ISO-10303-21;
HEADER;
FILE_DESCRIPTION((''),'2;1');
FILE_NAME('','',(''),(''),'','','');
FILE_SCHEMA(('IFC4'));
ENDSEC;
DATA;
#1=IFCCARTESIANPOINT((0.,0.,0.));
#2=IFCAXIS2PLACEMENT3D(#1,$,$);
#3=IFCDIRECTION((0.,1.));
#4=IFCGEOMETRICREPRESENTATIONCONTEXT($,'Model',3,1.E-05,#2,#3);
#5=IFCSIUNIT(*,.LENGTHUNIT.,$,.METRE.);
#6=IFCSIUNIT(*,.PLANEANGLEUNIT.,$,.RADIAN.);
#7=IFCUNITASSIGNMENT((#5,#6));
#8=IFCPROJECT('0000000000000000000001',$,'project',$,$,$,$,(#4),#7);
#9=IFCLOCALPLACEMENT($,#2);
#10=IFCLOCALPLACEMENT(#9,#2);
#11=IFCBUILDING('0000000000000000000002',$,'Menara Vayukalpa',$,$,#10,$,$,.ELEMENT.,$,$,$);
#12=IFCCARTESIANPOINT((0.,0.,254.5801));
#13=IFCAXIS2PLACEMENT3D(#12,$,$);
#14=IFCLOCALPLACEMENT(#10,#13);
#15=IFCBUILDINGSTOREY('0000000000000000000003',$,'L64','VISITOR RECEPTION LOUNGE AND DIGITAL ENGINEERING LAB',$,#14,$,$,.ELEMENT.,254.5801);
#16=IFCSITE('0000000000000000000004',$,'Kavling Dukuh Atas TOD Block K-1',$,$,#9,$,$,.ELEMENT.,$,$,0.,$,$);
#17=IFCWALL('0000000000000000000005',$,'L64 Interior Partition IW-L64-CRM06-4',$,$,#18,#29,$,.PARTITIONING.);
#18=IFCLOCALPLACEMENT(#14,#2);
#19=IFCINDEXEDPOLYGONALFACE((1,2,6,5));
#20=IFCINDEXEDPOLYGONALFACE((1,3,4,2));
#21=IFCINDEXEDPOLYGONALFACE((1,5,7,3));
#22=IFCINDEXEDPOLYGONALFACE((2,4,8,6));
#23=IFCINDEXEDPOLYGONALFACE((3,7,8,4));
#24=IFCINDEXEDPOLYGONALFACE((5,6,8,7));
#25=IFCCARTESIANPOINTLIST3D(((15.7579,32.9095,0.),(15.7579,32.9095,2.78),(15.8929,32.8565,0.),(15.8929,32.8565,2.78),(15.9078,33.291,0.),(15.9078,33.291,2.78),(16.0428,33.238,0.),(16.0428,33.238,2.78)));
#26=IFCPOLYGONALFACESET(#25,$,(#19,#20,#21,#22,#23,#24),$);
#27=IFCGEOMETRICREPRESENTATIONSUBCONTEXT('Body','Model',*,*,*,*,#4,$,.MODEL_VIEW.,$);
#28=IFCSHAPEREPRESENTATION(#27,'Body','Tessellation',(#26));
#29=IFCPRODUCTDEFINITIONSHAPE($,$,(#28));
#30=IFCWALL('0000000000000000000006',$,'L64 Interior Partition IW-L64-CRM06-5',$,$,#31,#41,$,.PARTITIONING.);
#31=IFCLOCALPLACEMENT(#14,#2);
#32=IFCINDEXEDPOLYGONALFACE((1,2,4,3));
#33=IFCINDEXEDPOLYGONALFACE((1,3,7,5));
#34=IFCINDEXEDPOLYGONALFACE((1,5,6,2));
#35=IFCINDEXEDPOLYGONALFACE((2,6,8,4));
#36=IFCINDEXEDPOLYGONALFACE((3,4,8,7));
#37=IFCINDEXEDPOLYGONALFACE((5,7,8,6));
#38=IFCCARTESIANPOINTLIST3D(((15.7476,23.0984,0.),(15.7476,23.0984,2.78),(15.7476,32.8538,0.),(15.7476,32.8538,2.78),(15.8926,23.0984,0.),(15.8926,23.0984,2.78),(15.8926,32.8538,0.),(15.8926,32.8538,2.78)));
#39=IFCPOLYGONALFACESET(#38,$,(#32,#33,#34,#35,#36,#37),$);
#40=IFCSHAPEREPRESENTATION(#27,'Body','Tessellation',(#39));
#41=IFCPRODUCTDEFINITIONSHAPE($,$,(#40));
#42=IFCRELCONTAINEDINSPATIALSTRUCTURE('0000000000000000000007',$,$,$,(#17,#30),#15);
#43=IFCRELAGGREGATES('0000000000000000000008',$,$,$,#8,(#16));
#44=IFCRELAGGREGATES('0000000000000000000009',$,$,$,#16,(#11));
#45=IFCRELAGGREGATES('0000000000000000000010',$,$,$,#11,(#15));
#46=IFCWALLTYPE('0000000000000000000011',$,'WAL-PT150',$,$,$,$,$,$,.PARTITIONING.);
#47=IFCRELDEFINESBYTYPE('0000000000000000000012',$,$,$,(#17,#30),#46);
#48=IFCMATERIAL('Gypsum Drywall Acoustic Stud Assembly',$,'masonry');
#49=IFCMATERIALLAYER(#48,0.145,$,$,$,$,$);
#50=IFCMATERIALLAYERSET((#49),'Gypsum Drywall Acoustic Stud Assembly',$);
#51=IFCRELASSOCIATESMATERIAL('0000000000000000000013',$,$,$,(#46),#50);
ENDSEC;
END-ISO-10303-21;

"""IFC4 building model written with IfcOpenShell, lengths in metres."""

from ifc_helpers import new_model, si_unit, direction, frame, frame_2d, origin, place, context, subcontext, project, spatial, rectangle, extrude, material, layer, layer_set, type_object, element, save


model = new_model("IFC4")

# Units and contexts
model_context = context("Model", 3, precision=1e-05, world=origin(), true_north=direction((0.0, 1.0)))
body_context = subcontext(model_context, "Body", "Model", "MODEL_VIEW")
ifc_project = project(units=[si_unit("LENGTHUNIT", "METRE"), si_unit("PLANEANGLEUNIT", "RADIAN")], contexts=[model_context])

# Site, building, storey
site_placement = place(None, origin())
site = spatial("IfcSite", under=ifc_project, at=site_placement, Name="Kavling Dukuh Atas TOD Block K-1", CompositionType="ELEMENT", RefElevation=0.0)
building_placement = place(site_placement, origin())
building = spatial("IfcBuilding", under=site, at=building_placement, Name="Menara Vayukalpa", CompositionType="ELEMENT")
storey_placement = place(building_placement, frame((0.0, 0.0, 254.5801)))
storey = spatial("IfcBuildingStorey", under=building, at=storey_placement, Name="L64", Description="VISITOR RECEPTION LOUNGE AND DIGITAL ENGINEERING LAB", CompositionType="ELEMENT", Elevation=254.5801)

# Shared definitions
ifc_material_1 = material(Name="Gypsum Drywall Acoustic Stud Assembly", Category="masonry")
ifc_layer_1 = layer(ifc_material_1, 0.145)
ifc_layer_set_1 = layer_set([ifc_layer_1], Name="Gypsum Drywall Acoustic Stud Assembly")
wall_type_1 = type_object("IfcWallType", Name="WAL-PT150", PredefinedType="PARTITIONING", material=ifc_layer_set_1)

# Walls
wall_1_placement = place(storey_placement, frame((15.9753, 33.2646, 0.0), z_axis=(0.0, 0.0, 1.0), x_axis=(-0.365634, -0.930759, 0.0)))
element("IfcWall", 1, at=wall_1_placement, inside=storey, type_object=wall_type_1, Name="L64 Interior Partition IW-L64-CRM06-4", PredefinedType="PARTITIONING", context=body_context, shape_type="SweptSolid", body=[
    extrude(rectangle(XDim=0.4099, YDim=0.145, at=frame_2d((0.2051, 0.0))), origin(), (0.0, 0.0, 1.0), 2.78),
])
wall_2_placement = place(storey_placement, frame((15.8201, 32.8538, 0.0), z_axis=(0.0, 0.0, 1.0), x_axis=(0.0, -1.0, 0.0)))
element("IfcWall", 2, at=wall_2_placement, inside=storey, type_object=wall_type_1, Name="L64 Interior Partition IW-L64-CRM06-5", PredefinedType="PARTITIONING", context=body_context, shape_type="SweptSolid", body=[
    extrude(rectangle(XDim=9.7554, YDim=0.145, at=frame_2d((4.8777, 0.0))), origin(), (0.0, 0.0, 1.0), 2.78),
])

save(model, "model.ifc")
